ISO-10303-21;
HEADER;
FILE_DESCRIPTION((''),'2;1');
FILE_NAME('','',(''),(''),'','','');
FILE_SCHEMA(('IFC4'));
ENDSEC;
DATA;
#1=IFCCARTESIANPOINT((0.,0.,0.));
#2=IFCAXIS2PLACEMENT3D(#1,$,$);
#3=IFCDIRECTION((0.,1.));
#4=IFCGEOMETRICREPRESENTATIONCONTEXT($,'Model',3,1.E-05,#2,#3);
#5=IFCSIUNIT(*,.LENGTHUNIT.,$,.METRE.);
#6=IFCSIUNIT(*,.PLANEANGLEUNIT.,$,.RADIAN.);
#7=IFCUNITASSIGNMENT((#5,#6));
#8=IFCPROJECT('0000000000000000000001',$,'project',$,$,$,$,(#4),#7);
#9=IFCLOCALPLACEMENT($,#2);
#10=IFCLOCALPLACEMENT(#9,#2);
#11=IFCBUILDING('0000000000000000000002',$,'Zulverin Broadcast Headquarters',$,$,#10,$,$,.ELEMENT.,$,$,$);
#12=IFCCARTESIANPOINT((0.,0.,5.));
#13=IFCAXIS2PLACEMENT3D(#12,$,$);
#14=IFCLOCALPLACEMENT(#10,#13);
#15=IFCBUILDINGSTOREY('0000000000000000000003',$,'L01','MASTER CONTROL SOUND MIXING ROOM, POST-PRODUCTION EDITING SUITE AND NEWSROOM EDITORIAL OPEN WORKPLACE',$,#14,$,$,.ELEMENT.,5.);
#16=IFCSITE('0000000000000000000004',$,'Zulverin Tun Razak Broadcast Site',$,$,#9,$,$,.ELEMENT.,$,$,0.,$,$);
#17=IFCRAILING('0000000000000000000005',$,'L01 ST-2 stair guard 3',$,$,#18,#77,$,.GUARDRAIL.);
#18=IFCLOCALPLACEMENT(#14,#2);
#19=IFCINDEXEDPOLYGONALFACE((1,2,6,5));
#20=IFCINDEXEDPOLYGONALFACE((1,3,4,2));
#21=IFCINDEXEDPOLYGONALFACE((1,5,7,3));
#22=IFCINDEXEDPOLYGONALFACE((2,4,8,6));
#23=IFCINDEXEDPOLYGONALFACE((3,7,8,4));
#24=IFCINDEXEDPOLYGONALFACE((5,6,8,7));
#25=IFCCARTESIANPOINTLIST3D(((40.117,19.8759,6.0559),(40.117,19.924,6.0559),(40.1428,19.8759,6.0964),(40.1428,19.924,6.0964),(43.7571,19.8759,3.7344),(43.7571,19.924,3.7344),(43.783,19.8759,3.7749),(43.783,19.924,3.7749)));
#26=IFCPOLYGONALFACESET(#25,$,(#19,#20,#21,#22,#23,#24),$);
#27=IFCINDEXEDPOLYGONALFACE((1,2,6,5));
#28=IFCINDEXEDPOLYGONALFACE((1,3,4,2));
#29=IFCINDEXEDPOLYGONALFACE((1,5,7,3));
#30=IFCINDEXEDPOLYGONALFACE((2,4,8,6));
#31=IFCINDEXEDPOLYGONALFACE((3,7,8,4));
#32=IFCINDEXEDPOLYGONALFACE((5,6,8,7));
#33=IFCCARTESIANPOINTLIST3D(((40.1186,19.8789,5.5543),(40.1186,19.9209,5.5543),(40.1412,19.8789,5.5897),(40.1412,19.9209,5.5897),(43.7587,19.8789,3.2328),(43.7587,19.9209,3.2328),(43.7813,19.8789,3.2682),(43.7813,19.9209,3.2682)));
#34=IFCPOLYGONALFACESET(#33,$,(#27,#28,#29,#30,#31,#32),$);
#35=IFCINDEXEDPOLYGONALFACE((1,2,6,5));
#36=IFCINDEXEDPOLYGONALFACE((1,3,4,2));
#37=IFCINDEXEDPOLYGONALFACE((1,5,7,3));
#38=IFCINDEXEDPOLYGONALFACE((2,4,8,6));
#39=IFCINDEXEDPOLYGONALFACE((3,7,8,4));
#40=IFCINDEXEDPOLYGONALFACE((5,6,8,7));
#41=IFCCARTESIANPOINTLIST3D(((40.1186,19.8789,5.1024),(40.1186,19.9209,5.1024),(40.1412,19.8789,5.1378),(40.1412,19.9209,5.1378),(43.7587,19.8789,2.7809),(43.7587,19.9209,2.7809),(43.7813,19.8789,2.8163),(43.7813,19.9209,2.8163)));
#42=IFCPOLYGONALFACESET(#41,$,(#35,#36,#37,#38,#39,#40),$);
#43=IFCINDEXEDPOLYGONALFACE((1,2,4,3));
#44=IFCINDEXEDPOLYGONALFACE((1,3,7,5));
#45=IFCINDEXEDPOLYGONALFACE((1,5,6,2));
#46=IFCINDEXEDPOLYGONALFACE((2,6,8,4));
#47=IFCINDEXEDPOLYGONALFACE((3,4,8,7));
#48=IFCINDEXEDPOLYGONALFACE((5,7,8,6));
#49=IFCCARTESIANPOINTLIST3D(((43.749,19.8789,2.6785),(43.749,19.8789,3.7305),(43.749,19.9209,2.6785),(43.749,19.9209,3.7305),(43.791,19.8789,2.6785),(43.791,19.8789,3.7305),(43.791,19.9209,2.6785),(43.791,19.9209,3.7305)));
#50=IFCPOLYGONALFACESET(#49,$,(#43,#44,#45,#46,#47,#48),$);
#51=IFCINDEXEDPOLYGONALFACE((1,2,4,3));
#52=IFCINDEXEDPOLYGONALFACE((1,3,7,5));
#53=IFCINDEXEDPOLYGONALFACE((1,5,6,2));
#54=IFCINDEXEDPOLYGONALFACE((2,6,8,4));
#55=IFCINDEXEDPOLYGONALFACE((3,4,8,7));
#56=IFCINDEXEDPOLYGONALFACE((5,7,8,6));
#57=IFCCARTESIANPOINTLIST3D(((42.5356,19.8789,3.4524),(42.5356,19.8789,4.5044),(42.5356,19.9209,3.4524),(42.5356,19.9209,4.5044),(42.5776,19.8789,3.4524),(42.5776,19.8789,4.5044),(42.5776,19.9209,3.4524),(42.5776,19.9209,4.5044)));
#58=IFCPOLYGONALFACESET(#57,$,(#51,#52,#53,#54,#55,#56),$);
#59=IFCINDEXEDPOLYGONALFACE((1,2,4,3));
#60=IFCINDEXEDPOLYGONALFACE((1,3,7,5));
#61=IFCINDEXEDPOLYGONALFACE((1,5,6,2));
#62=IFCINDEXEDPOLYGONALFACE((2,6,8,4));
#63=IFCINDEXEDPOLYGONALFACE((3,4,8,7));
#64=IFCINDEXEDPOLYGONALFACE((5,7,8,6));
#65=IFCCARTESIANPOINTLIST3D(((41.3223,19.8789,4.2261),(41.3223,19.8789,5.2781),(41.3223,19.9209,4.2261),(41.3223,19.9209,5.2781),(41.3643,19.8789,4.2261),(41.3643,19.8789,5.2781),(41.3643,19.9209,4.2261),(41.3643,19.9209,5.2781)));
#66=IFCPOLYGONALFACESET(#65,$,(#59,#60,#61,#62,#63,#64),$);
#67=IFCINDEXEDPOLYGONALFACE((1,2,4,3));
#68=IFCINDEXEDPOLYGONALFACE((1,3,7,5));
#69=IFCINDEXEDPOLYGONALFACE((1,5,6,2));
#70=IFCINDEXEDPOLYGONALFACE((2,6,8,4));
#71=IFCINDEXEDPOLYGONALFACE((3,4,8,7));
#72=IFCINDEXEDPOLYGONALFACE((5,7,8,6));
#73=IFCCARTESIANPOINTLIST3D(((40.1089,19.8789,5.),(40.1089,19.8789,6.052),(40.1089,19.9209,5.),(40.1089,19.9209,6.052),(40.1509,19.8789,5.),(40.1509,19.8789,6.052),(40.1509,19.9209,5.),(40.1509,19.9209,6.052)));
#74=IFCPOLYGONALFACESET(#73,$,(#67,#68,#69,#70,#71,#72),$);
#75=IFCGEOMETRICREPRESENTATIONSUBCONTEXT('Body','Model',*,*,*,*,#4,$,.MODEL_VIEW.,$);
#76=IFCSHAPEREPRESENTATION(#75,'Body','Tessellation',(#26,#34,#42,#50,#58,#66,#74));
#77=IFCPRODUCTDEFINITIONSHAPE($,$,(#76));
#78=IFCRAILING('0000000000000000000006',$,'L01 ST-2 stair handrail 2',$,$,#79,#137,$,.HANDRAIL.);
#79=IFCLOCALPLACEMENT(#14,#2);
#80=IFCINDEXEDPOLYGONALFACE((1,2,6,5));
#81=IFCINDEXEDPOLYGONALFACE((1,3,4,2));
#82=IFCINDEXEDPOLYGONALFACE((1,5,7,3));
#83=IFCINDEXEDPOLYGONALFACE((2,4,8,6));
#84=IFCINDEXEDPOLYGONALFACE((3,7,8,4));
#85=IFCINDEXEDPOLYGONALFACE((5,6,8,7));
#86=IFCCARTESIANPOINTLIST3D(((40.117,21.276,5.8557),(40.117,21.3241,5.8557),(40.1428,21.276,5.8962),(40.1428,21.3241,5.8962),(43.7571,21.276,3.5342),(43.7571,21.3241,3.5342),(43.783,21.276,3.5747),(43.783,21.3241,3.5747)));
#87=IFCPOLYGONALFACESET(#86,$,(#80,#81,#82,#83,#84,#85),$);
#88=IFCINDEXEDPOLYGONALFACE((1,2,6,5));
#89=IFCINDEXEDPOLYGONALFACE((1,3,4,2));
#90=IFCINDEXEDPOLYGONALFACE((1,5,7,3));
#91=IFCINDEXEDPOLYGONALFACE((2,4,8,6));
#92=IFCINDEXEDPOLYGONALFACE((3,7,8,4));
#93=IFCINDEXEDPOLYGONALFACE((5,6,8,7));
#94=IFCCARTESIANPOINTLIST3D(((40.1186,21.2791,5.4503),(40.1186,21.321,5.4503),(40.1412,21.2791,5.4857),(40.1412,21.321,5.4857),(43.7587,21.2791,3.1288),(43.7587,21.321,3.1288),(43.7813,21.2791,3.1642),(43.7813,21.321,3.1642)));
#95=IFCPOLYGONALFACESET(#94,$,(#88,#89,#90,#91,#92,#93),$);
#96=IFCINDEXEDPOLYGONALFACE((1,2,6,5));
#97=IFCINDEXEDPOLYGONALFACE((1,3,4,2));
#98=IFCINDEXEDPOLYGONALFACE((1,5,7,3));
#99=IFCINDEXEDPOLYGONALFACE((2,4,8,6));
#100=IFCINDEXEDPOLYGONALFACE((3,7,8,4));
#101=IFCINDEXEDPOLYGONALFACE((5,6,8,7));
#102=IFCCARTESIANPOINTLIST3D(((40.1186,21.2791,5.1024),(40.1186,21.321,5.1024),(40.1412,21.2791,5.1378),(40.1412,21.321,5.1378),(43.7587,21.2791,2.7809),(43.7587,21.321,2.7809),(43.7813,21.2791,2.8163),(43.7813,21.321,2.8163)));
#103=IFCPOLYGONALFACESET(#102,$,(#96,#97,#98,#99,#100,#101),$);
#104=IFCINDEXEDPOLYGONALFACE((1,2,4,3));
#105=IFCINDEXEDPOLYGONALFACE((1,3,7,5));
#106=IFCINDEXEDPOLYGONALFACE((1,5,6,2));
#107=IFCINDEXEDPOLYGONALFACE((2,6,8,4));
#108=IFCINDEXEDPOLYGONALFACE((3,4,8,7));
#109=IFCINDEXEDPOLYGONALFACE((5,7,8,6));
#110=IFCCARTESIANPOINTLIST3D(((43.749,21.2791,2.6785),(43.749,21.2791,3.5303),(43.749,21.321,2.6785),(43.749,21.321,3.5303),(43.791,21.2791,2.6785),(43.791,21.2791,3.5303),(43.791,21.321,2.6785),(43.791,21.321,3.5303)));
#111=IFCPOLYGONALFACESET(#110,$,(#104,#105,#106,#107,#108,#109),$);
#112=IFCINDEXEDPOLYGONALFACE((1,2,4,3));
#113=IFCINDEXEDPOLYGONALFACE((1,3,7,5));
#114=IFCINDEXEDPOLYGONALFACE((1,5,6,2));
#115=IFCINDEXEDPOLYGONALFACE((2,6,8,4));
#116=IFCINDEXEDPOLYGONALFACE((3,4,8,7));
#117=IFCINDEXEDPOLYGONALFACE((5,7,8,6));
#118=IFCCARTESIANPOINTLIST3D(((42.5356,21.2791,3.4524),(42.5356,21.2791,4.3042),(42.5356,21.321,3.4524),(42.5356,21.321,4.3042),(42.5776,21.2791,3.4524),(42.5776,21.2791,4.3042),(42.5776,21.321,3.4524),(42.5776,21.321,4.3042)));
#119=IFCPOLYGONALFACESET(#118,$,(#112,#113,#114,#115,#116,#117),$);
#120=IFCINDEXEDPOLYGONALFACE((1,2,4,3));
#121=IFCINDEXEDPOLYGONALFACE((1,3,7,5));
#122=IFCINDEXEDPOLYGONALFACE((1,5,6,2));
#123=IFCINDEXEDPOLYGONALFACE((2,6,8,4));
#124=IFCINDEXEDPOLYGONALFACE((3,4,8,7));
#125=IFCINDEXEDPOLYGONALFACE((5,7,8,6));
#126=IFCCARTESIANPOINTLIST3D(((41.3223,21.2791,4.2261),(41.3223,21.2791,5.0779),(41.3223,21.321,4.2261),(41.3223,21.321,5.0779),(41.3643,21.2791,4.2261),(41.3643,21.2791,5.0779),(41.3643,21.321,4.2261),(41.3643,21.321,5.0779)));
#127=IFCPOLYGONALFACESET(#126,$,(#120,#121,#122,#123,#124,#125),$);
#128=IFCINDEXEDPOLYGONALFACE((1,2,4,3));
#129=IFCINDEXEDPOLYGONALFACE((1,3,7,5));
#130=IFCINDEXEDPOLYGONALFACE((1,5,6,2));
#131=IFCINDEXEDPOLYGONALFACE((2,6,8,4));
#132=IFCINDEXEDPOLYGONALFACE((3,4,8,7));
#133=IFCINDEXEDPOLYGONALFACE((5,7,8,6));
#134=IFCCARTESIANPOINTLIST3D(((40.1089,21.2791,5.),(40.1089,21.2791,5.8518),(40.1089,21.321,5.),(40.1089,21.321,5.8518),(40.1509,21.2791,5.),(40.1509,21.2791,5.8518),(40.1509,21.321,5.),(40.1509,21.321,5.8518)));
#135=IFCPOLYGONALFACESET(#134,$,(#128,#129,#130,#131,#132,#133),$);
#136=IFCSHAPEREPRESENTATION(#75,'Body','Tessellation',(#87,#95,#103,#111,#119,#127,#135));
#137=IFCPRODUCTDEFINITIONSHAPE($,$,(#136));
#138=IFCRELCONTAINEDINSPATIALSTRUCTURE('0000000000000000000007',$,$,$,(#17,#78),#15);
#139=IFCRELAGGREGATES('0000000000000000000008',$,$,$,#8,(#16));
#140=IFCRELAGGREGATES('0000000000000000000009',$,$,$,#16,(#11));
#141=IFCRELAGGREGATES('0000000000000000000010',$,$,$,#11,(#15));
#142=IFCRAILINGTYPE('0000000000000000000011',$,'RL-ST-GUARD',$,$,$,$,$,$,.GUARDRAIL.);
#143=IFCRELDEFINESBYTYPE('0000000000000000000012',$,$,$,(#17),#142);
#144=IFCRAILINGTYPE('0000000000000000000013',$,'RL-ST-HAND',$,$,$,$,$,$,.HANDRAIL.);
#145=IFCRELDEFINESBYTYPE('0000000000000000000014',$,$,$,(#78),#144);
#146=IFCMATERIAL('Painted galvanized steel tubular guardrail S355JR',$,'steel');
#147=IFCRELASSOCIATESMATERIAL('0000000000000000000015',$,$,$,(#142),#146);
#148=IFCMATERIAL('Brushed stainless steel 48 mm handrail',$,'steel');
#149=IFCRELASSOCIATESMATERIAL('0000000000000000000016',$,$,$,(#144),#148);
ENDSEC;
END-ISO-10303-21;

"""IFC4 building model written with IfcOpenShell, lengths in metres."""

from ifc_helpers import new_model, si_unit, direction, frame, origin, origin_2d, place, context, subcontext, project, spatial, rectangle, extrude, material, type_object, element, save


model = new_model("IFC4")

# Units and contexts
model_context = context("Model", 3, precision=1e-05, world=origin(), true_north=direction((0.0, 1.0)))
body_context = subcontext(model_context, "Body", "Model", "MODEL_VIEW")
ifc_project = project(units=[si_unit("LENGTHUNIT", "METRE"), si_unit("PLANEANGLEUNIT", "RADIAN")], contexts=[model_context])

# Site, building, storey
site_placement = place(None, origin())
site = spatial("IfcSite", under=ifc_project, at=site_placement, Name="Zulverin Tun Razak Broadcast Site", CompositionType="ELEMENT", RefElevation=0.0)
building_placement = place(site_placement, origin())
building = spatial("IfcBuilding", under=site, at=building_placement, Name="Zulverin Broadcast Headquarters", CompositionType="ELEMENT")
storey_placement = place(building_placement, frame((0.0, 0.0, 5.0)))
storey = spatial("IfcBuildingStorey", under=building, at=storey_placement, Name="L01", Description="MASTER CONTROL SOUND MIXING ROOM, POST-PRODUCTION EDITING SUITE AND NEWSROOM EDITORIAL OPEN WORKPLACE", CompositionType="ELEMENT", Elevation=5.0)

# Railings
ifc_material_1 = material(Name="Painted galvanized steel tubular guardrail S355JR", Category="steel")
railing_type_1 = type_object("IfcRailingType", Name="RL-ST-GUARD", PredefinedType="GUARDRAIL", material=ifc_material_1)
railing_1_placement = place(storey_placement, frame((43.77, 19.8999, 2.6785)))
element("IfcRailing", 1, at=railing_1_placement, inside=storey, type_object=railing_type_1, Name="L01 ST-2 stair guard 3", PredefinedType="GUARDRAIL", context=body_context, shape_type="SweptSolid", body=[
    extrude(rectangle(XDim=0.0481, YDim=0.0481, at=origin_2d()), frame((0.0, 0.0, 1.0762), z_axis=(-0.843128, 0.0, 0.537713), x_axis=(0.0, -1.0, 0.0)), (0.0, 0.0, 1.0), 4.3174),
    extrude(rectangle(XDim=0.042, YDim=0.042, at=origin_2d()), frame((0.0, 0.0, 0.572), z_axis=(-0.843128, 0.0, 0.537713), x_axis=(0.0, -1.0, 0.0)), (0.0, 0.0, 1.0), 4.3174),
    extrude(rectangle(XDim=0.042, YDim=0.042, at=origin_2d()), frame((0.0, 0.0, 0.1201), z_axis=(-0.843128, 0.0, 0.537713), x_axis=(0.0, -1.0, 0.0)), (0.0, 0.0, 1.0), 4.3174),
    extrude(rectangle(XDim=0.042, YDim=0.042, at=origin_2d()), origin(), (0.0, 0.0, 1.0), 1.052),
    extrude(rectangle(XDim=0.042, YDim=0.042, at=origin_2d()), frame((-1.2134, 0.0, 0.7739)), (0.0, 0.0, 1.0), 1.052),
    extrude(rectangle(XDim=0.042, YDim=0.042, at=origin_2d()), frame((-2.4268, 0.0, 1.5476)), (0.0, 0.0, 1.0), 1.052),
    extrude(rectangle(XDim=0.042, YDim=0.042, at=origin_2d()), frame((-3.6401, 0.0, 2.3215)), (0.0, 0.0, 1.0), 1.052),
])
ifc_material_2 = material(Name="Brushed stainless steel 48 mm handrail", Category="steel")
railing_type_2 = type_object("IfcRailingType", Name="RL-ST-HAND", PredefinedType="HANDRAIL", material=ifc_material_2)
railing_2_placement = place(storey_placement, frame((43.77, 21.3, 2.6785)))
element("IfcRailing", 2, at=railing_2_placement, inside=storey, type_object=railing_type_2, Name="L01 ST-2 stair handrail 2", PredefinedType="HANDRAIL", context=body_context, shape_type="SweptSolid", body=[
    extrude(rectangle(XDim=0.0481, YDim=0.0481, at=origin_2d()), frame((0.0, 0.0, 0.876), z_axis=(-0.843128, 0.0, 0.537713), x_axis=(0.0, -1.0, 0.0)), (0.0, 0.0, 1.0), 4.3174),
    extrude(rectangle(XDim=0.042, YDim=0.042, at=origin_2d()), frame((0.0, 0.0, 0.468), z_axis=(-0.843128, 0.0, 0.537713), x_axis=(0.0, -1.0, 0.0)), (0.0, 0.0, 1.0), 4.3174),
    extrude(rectangle(XDim=0.042, YDim=0.042, at=origin_2d()), frame((0.0, 0.0, 0.1201), z_axis=(-0.843128, 0.0, 0.537713), x_axis=(0.0, -1.0, 0.0)), (0.0, 0.0, 1.0), 4.3174),
    extrude(rectangle(XDim=0.042, YDim=0.042, at=origin_2d()), origin(), (0.0, 0.0, 1.0), 0.8518),
    extrude(rectangle(XDim=0.042, YDim=0.042, at=origin_2d()), frame((-1.2134, 0.0, 0.7739)), (0.0, 0.0, 1.0), 0.8518),
    extrude(rectangle(XDim=0.042, YDim=0.042, at=origin_2d()), frame((-2.4268, 0.0, 1.5476)), (0.0, 0.0, 1.0), 0.8518),
    extrude(rectangle(XDim=0.042, YDim=0.042, at=origin_2d()), frame((-3.6401, 0.0, 2.3215)), (0.0, 0.0, 1.0), 0.8518),
])

save(model, "model.ifc")
